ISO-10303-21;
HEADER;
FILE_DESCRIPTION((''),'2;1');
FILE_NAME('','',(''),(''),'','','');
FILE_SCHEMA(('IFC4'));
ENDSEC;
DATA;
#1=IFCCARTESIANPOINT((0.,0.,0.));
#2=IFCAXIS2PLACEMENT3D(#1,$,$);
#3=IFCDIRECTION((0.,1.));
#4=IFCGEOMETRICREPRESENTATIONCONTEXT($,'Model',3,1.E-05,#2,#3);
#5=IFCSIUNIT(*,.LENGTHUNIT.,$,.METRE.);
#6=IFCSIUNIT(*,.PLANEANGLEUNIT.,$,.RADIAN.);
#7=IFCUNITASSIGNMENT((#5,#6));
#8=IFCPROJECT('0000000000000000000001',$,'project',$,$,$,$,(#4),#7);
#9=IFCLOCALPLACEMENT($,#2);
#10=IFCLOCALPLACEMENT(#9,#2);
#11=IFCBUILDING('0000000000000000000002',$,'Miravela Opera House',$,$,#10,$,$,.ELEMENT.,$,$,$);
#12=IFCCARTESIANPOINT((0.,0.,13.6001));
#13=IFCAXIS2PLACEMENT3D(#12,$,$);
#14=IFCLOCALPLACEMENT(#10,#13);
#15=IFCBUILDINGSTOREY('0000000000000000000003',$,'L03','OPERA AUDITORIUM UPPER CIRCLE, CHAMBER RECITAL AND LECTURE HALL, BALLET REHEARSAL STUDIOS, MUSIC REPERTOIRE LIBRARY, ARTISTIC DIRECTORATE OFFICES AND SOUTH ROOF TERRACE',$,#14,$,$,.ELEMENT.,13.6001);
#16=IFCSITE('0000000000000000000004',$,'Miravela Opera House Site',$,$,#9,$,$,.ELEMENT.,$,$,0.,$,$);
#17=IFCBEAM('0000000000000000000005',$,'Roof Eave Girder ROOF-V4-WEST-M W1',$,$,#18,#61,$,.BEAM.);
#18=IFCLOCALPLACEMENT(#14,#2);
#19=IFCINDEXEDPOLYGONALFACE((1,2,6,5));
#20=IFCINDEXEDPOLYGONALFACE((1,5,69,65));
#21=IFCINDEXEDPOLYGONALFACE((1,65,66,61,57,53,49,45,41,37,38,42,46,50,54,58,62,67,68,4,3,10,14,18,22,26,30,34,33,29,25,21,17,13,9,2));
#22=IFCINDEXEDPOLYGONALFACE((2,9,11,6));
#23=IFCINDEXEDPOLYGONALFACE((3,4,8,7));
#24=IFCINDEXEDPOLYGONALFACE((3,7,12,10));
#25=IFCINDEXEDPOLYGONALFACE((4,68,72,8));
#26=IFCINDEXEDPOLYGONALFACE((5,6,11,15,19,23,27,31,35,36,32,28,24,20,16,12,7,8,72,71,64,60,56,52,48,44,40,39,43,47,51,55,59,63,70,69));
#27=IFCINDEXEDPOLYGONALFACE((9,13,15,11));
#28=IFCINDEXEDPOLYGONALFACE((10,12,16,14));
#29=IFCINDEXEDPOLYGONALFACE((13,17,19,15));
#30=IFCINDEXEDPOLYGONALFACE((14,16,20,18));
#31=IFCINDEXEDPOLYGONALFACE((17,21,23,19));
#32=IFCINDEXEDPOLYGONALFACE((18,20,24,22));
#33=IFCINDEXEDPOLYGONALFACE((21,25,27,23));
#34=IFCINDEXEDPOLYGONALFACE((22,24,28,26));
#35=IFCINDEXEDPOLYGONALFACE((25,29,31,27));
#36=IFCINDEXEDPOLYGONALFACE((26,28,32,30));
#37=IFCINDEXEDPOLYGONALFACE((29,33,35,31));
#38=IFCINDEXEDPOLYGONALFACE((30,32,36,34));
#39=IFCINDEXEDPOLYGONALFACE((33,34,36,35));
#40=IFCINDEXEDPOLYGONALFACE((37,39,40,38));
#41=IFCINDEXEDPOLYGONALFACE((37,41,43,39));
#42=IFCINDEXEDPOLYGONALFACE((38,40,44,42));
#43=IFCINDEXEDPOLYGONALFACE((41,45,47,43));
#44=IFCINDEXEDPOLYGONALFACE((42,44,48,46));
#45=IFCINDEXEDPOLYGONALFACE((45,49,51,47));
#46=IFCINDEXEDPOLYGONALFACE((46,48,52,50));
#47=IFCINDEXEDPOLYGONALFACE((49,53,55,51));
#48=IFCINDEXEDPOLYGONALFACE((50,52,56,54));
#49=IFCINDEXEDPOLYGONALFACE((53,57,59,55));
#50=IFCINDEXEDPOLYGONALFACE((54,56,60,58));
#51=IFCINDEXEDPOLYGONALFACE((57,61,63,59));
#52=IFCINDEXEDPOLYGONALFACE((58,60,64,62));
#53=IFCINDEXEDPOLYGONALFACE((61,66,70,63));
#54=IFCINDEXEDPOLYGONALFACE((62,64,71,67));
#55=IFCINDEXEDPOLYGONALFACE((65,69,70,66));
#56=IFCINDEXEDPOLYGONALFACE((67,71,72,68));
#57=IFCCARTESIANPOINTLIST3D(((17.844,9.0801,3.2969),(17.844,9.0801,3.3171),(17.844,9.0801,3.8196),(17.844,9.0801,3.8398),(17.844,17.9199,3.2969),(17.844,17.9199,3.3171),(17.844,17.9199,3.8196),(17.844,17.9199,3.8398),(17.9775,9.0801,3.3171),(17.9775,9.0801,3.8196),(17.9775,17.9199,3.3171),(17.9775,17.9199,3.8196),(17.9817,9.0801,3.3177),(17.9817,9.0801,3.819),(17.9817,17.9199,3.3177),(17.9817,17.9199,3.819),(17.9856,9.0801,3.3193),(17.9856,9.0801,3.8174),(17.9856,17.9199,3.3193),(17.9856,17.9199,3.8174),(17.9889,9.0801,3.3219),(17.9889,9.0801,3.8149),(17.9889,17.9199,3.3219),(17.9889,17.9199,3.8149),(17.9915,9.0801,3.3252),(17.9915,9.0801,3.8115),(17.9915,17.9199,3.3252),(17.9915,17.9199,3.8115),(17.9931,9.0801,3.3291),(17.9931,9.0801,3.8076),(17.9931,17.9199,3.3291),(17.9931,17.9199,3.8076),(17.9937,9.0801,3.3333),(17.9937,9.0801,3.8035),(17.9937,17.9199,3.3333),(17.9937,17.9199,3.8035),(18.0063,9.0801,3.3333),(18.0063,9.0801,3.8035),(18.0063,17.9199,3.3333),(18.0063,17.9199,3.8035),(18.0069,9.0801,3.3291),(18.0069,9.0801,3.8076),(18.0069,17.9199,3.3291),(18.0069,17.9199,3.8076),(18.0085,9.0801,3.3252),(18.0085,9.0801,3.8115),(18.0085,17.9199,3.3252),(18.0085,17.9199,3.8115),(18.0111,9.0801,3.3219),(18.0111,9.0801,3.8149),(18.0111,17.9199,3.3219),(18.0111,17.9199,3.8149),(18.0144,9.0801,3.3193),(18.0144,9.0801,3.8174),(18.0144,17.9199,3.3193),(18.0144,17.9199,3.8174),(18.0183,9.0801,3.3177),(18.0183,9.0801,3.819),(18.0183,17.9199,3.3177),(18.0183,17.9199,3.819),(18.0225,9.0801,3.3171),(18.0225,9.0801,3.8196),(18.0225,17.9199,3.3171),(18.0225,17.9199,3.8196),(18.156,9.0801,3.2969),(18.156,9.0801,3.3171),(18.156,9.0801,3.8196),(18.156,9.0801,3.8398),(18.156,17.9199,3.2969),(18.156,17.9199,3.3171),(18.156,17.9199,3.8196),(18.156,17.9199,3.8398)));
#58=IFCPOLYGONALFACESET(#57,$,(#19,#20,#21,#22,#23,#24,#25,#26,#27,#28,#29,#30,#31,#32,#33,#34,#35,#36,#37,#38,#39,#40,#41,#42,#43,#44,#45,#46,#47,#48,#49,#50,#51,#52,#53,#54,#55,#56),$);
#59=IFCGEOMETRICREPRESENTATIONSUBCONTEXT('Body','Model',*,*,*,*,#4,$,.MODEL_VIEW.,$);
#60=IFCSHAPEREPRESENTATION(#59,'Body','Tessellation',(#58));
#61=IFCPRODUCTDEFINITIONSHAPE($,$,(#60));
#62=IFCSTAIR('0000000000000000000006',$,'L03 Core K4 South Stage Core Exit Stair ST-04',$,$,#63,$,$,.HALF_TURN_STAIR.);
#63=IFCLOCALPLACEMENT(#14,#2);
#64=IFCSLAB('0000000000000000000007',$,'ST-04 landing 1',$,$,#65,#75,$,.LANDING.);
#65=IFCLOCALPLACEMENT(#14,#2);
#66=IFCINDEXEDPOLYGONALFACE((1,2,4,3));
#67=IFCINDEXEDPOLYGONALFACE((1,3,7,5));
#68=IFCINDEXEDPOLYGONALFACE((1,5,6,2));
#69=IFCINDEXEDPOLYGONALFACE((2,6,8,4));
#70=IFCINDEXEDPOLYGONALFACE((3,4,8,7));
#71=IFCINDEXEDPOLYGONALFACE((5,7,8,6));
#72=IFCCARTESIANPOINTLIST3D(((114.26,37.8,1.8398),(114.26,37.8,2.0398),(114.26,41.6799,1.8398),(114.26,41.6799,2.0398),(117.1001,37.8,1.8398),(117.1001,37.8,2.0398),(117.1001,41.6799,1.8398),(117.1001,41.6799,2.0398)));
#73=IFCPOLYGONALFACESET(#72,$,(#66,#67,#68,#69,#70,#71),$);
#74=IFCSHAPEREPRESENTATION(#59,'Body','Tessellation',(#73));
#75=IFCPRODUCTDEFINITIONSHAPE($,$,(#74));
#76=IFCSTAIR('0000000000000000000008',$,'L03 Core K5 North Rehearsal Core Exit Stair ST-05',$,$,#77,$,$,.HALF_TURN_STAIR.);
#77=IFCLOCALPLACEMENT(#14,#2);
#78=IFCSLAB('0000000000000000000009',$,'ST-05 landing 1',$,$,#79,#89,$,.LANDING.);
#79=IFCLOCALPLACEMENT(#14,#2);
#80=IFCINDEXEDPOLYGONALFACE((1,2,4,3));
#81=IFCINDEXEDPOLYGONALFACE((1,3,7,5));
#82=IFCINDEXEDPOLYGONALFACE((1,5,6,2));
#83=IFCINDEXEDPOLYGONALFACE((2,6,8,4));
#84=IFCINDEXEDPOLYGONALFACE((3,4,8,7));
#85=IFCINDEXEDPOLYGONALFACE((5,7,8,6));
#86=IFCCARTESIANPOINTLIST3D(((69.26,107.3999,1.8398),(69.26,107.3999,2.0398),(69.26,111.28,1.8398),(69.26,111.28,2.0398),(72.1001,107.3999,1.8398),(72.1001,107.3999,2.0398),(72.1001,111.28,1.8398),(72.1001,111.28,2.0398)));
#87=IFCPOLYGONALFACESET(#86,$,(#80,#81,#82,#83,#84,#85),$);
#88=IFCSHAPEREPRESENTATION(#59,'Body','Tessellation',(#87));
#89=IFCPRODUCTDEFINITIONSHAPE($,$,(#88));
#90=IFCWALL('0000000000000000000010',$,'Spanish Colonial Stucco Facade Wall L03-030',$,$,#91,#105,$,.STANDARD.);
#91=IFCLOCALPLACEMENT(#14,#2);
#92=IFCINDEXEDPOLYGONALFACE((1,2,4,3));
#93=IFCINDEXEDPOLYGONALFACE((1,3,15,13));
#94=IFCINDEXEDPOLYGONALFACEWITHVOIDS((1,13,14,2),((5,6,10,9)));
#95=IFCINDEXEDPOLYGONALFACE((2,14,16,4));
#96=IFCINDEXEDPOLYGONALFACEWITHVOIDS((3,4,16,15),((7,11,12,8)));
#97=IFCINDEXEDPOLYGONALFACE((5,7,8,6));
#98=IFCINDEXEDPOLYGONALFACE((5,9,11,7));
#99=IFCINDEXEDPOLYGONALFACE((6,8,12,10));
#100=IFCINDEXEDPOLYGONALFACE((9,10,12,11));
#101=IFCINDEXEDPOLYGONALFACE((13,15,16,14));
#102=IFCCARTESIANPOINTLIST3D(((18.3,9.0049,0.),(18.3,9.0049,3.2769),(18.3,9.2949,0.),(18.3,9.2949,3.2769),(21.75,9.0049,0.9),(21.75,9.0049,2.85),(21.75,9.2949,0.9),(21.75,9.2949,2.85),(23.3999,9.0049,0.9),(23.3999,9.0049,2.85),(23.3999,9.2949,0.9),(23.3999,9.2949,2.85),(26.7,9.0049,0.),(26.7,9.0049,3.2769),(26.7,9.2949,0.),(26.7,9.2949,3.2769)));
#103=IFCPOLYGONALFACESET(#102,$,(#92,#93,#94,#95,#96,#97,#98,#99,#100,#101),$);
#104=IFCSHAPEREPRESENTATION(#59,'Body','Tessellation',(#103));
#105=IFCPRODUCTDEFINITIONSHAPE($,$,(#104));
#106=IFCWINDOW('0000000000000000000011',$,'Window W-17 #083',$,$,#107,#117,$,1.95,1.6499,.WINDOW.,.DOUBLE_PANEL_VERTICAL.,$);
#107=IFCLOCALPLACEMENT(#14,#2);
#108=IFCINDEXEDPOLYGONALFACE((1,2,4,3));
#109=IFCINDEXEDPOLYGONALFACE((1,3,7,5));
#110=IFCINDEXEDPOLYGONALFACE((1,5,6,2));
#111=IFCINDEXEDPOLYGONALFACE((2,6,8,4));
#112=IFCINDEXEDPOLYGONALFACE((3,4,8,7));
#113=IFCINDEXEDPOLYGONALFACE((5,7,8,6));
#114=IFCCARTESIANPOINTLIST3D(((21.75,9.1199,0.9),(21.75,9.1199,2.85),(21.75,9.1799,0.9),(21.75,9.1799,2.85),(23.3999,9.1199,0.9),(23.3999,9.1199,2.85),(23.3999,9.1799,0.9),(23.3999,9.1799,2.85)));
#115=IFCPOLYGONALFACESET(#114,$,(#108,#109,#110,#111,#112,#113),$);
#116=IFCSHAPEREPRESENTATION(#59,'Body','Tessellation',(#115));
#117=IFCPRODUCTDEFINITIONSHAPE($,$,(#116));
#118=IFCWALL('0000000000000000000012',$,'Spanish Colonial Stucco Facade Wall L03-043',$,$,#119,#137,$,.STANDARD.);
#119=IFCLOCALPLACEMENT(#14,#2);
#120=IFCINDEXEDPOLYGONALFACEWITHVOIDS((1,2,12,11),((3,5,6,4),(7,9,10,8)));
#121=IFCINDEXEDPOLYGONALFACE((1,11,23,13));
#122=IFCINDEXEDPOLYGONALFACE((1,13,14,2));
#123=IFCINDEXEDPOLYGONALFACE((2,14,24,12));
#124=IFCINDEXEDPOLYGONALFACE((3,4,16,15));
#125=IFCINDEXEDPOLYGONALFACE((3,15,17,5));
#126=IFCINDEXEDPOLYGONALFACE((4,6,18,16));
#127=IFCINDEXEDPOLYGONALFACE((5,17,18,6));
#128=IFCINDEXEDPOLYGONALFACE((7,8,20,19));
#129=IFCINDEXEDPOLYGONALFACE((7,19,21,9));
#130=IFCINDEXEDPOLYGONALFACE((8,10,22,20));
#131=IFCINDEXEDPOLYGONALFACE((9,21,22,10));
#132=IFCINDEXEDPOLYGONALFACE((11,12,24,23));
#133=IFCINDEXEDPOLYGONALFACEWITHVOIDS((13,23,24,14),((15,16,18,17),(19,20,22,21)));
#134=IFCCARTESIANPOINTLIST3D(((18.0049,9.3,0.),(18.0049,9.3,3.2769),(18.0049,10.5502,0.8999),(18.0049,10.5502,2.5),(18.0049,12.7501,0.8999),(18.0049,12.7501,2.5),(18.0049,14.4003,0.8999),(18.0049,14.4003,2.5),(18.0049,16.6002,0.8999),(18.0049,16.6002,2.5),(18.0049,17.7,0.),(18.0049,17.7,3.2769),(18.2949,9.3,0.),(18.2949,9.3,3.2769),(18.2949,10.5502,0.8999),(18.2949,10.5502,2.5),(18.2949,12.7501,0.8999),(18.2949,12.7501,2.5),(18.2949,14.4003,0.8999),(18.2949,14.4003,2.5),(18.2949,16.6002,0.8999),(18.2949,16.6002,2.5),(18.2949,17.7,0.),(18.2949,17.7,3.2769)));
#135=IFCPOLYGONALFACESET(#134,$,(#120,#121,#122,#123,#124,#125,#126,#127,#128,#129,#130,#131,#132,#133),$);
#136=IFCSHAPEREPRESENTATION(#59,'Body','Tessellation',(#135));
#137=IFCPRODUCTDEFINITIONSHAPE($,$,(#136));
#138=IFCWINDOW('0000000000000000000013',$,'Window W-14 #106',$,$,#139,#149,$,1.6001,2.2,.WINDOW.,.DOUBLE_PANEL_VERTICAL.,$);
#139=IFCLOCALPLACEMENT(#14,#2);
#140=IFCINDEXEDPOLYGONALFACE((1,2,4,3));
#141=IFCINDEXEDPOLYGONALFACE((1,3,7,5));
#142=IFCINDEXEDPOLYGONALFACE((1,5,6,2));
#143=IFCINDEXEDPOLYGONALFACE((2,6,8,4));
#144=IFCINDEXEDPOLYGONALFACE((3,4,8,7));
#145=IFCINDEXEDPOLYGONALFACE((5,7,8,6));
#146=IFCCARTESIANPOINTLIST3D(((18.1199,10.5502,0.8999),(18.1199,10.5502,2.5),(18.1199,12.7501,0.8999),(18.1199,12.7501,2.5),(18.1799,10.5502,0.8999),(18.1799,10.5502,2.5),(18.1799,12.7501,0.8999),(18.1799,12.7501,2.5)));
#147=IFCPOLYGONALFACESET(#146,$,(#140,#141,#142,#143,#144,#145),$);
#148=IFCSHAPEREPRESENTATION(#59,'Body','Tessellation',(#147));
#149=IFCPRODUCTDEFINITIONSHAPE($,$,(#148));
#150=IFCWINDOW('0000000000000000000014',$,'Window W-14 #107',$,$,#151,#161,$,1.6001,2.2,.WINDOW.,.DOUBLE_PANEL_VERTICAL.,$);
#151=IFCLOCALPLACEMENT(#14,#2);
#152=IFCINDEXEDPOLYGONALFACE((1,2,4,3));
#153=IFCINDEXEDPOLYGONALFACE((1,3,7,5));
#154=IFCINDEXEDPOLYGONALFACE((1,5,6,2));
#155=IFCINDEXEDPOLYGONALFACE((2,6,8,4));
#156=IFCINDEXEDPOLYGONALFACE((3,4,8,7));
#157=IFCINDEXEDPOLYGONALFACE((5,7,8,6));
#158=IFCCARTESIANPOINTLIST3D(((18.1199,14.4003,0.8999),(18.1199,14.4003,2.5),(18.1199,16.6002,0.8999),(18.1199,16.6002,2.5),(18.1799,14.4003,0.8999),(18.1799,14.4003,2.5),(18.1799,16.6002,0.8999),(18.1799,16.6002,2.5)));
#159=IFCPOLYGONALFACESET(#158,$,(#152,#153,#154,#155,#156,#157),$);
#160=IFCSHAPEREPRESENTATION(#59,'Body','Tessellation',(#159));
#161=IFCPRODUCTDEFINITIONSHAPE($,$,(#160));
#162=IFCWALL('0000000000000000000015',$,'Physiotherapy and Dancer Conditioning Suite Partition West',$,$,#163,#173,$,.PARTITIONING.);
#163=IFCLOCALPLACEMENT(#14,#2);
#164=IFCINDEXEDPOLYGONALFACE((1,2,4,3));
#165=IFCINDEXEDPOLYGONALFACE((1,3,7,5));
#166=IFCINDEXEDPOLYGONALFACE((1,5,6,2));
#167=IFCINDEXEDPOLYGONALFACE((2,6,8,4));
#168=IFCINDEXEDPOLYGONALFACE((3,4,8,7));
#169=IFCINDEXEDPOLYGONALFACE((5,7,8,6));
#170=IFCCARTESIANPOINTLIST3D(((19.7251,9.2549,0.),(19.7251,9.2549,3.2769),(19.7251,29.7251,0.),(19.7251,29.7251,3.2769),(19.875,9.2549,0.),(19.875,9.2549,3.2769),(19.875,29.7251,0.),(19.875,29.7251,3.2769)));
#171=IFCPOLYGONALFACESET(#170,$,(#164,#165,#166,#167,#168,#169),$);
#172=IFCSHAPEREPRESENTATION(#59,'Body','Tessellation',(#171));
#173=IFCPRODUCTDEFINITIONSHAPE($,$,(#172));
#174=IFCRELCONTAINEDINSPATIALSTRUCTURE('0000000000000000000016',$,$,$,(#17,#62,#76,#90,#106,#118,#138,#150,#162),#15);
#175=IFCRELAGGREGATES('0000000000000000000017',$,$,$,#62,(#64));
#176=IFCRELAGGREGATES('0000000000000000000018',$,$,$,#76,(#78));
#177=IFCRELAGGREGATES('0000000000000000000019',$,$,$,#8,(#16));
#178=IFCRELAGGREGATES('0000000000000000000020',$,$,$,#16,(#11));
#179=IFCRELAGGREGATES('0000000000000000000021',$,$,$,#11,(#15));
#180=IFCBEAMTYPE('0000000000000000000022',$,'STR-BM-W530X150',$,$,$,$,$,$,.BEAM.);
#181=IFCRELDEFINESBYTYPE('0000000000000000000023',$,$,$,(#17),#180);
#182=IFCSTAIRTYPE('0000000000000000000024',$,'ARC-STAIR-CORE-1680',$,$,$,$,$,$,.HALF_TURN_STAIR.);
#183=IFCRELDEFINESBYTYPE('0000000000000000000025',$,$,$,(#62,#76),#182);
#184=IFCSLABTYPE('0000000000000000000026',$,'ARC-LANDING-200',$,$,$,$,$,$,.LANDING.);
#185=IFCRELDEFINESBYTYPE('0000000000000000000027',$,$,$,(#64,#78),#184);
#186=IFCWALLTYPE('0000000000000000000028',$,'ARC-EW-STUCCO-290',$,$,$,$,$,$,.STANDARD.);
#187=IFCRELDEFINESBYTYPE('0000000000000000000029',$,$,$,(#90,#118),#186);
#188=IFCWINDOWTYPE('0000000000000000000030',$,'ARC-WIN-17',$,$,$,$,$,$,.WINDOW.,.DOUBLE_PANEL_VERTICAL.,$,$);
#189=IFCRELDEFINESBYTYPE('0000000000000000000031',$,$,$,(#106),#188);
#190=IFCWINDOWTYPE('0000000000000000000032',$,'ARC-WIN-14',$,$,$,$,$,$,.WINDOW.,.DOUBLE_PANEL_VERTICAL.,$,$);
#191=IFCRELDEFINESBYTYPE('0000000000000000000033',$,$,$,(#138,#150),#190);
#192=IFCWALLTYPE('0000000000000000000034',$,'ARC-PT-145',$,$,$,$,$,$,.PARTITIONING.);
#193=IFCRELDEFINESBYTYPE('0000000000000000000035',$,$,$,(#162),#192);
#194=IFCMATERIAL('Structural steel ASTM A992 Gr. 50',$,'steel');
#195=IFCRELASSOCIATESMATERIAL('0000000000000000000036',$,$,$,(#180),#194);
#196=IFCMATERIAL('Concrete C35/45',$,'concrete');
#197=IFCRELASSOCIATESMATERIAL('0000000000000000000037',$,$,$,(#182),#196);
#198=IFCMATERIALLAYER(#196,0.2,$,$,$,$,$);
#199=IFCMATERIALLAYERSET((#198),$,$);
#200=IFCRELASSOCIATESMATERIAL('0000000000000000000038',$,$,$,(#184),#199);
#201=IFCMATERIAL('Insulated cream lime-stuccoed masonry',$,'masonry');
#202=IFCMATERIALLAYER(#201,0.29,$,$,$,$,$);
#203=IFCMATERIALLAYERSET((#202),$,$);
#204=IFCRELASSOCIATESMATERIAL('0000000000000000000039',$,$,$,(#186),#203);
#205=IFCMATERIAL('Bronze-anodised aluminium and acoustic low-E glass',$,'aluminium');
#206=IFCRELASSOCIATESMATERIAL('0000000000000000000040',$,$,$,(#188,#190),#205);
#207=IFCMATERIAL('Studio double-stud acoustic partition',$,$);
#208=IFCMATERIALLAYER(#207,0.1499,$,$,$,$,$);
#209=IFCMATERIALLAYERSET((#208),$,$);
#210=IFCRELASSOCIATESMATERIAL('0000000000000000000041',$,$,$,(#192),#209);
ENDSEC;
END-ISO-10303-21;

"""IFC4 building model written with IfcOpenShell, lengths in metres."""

from ifc_helpers import new_model, si_unit, direction, frame, frame_2d, origin, origin_2d, place, context, subcontext, project, spatial, polyline, rectangle, i_section, outline, extrude, material, layer, layer_set, material_profile, profile_set, type_object, element, fill, aggregate, save


model = new_model("IFC4")

# Units and contexts
model_context = context("Model", 3, precision=1e-05, world=origin(), true_north=direction((0.0, 1.0)))
body_context = subcontext(model_context, "Body", "Model", "MODEL_VIEW")
ifc_project = project(units=[si_unit("LENGTHUNIT", "METRE"), si_unit("PLANEANGLEUNIT", "RADIAN")], contexts=[model_context])

# Site, building, storey
site_placement = place(None, origin())
site = spatial("IfcSite", under=ifc_project, at=site_placement, Name="Miravela Opera House Site", CompositionType="ELEMENT", RefElevation=0.0)
building_placement = place(site_placement, origin())
building = spatial("IfcBuilding", under=site, at=building_placement, Name="Miravela Opera House", CompositionType="ELEMENT")
storey_placement = place(building_placement, frame((0.0, 0.0, 13.6001)))
storey = spatial("IfcBuildingStorey", under=building, at=storey_placement, Name="L03", Description="OPERA AUDITORIUM UPPER CIRCLE, CHAMBER RECITAL AND LECTURE HALL, BALLET REHEARSAL STUDIOS, MUSIC REPERTOIRE LIBRARY, ARTISTIC DIRECTORATE OFFICES AND SOUTH ROOF TERRACE", CompositionType="ELEMENT", Elevation=13.6001)

# Shared definitions
ifc_material_1 = material(Name="Concrete C35/45", Category="concrete")

# Beam
ifc_material_2 = material(Name="Structural steel ASTM A992 Gr. 50", Category="steel")
ifc_material_profile_1 = material_profile(ifc_material_2, i_section(OverallWidth=0.312, OverallDepth=0.543, WebThickness=0.0127, FlangeThickness=0.0203, FilletRadius=0.0161, at=origin_2d()), Name="W530X150")
ifc_profile_set_1 = profile_set([ifc_material_profile_1])
beam_type = type_object("IfcBeamType", Name="STR-BM-W530X150", PredefinedType="BEAM", material=ifc_profile_set_1)
for number, where, z_axis, x_axis, name in (
    (1, (18.0, 9.0801, 3.5684), (0.0, 1.0, 0.0), (-1.0, 0.0, 0.0), "Roof Eave Girder ROOF-V4-WEST-M W1"),
):
    element("IfcBeam", number, at=place(storey_placement, frame(where, z_axis=z_axis, x_axis=x_axis)), inside=storey, type_object=beam_type, Name=name, PredefinedType="BEAM", context=body_context, shape_type="SweptSolid", body=[
        extrude(i_section(OverallWidth=0.312, OverallDepth=0.543, WebThickness=0.0127, FlangeThickness=0.0203, FilletRadius=0.0161, at=origin_2d()), origin(), (0.0, 0.0, 1.0), 8.8398),
    ])

# Stairs, slabs
stair_type = type_object("IfcStairType", Name="ARC-STAIR-CORE-1680", PredefinedType="HALF_TURN_STAIR", material=ifc_material_1)
stair_1_placement = place(storey_placement, origin())
stair_1 = element("IfcStair", 2, at=stair_1_placement, inside=storey, type_object=stair_type, Name="L03 Core K4 South Stage Core Exit Stair ST-04", PredefinedType="HALF_TURN_STAIR")
ifc_layer_1 = layer(ifc_material_1, 0.2)
ifc_layer_set_1 = layer_set([ifc_layer_1])
slab_type = type_object("IfcSlabType", Name="ARC-LANDING-200", PredefinedType="LANDING", material=ifc_layer_set_1)
slab_1_placement = place(storey_placement, frame((0.0, 0.0, 1.8398)))
slab_1 = element("IfcSlab", 3, at=slab_1_placement, type_object=slab_type, Name="ST-04 landing 1", PredefinedType="LANDING", context=body_context, shape_type="SweptSolid", body=[
    extrude(outline(polyline([(114.26, 37.8), (117.1001, 37.8), (117.1001, 41.6799), (114.26, 41.6799), (114.26, 37.8)])), origin(), (0.0, 0.0, 1.0), 0.2),
])
aggregate(stair_1, [slab_1])
stair_2_placement = place(storey_placement, origin())
stair_2 = element("IfcStair", 4, at=stair_2_placement, inside=storey, type_object=stair_type, Name="L03 Core K5 North Rehearsal Core Exit Stair ST-05", PredefinedType="HALF_TURN_STAIR")
slab_2_placement = place(storey_placement, frame((0.0, 0.0, 1.8398)))
slab_2 = element("IfcSlab", 5, at=slab_2_placement, type_object=slab_type, Name="ST-05 landing 1", PredefinedType="LANDING", context=body_context, shape_type="SweptSolid", body=[
    extrude(outline(polyline([(69.26, 107.3999), (72.1001, 107.3999), (72.1001, 111.28), (69.26, 111.28), (69.26, 107.3999)])), origin(), (0.0, 0.0, 1.0), 0.2),
])
aggregate(stair_2, [slab_2])

# Wall, opening, window
ifc_material_3 = material(Name="Insulated cream lime-stuccoed masonry", Category="masonry")
ifc_layer_2 = layer(ifc_material_3, 0.29)
ifc_layer_set_2 = layer_set([ifc_layer_2])
wall_type_1 = type_object("IfcWallType", Name="ARC-EW-STUCCO-290", PredefinedType="STANDARD", material=ifc_layer_set_2)
wall_1_placement = place(storey_placement, frame((18.3, 9.1499, 0.0), z_axis=(0.0, 0.0, 1.0), x_axis=(1.0, 0.0, 0.0)))
wall_1 = element("IfcWall", 6, at=wall_1_placement, inside=storey, type_object=wall_type_1, Name="Spanish Colonial Stucco Facade Wall L03-030", PredefinedType="STANDARD", context=body_context, shape_type="SweptSolid", body=[
    extrude(rectangle(XDim=8.3999, YDim=0.29, at=frame_2d((4.2, 0.0))), origin(), (0.0, 0.0, 1.0), 3.2769),
])
opening_1_placement = place(wall_1_placement, frame((3.45, 0.0, 0.8999)))
opening_1 = element("IfcOpeningElement", 7, at=opening_1_placement, cuts=wall_1, PredefinedType="OPENING", context=body_context, shape_type="SweptSolid", body=[
    extrude(rectangle(XDim=1.6499, YDim=1.95, at=frame_2d((0.825, 0.9751))), frame((0.0, 0.155, 0.0), z_axis=(0.0, -1.0, 0.0), x_axis=(1.0, 0.0, 0.0)), (0.0, 0.0, 1.0), 0.3101),
])
ifc_material_4 = material(Name="Bronze-anodised aluminium and acoustic low-E glass", Category="aluminium")
window_type_1 = type_object("IfcWindowType", Name="ARC-WIN-17", PartitioningType="DOUBLE_PANEL_VERTICAL", PredefinedType="WINDOW", material=ifc_material_4)
window_1_placement = place(opening_1_placement, origin())
window_1 = element("IfcWindow", 8, at=window_1_placement, inside=storey, type_object=window_type_1, Name="Window W-17 #083", OverallHeight=1.95, OverallWidth=1.6499, PartitioningType="DOUBLE_PANEL_VERTICAL", PredefinedType="WINDOW", context=body_context, shape_type="SweptSolid", body=[
    extrude(rectangle(XDim=1.6499, YDim=1.95, at=frame_2d((0.825, 0.9751))), frame((0.0, 0.03, 0.0), z_axis=(0.0, -1.0, 0.0), x_axis=(1.0, 0.0, 0.0)), (0.0, 0.0, 1.0), 0.0601),
])
fill(opening_1, window_1)

# Wall, openings, windows
wall_2_placement = place(storey_placement, frame((18.1499, 9.3, 0.0), z_axis=(0.0, 0.0, 1.0), x_axis=(0.0, 1.0, 0.0)))
wall_2 = element("IfcWall", 9, at=wall_2_placement, inside=storey, type_object=wall_type_1, Name="Spanish Colonial Stucco Facade Wall L03-043", PredefinedType="STANDARD", context=body_context, shape_type="SweptSolid", body=[
    extrude(rectangle(XDim=8.3999, YDim=0.29, at=frame_2d((4.2, 0.0))), origin(), (0.0, 0.0, 1.0), 3.2769),
])
opening_2_placement = place(wall_2_placement, frame((1.25, 0.0, 0.8999)))
opening_2 = element("IfcOpeningElement", 10, at=opening_2_placement, cuts=wall_2, PredefinedType="OPENING", context=body_context, shape_type="SweptSolid", body=[
    extrude(rectangle(XDim=2.2, YDim=1.6001, at=frame_2d((1.1001, 0.8))), frame((0.0, 0.155, 0.0), z_axis=(0.0, -1.0, 0.0), x_axis=(1.0, 0.0, 0.0)), (0.0, 0.0, 1.0), 0.3101),
])
opening_3_placement = place(wall_2_placement, frame((5.1001, 0.0, 0.8999)))
opening_3 = element("IfcOpeningElement", 11, at=opening_3_placement, cuts=wall_2, PredefinedType="OPENING", context=body_context, shape_type="SweptSolid", body=[
    extrude(rectangle(XDim=2.2, YDim=1.6001, at=frame_2d((1.1001, 0.8))), frame((0.0, 0.155, 0.0), z_axis=(0.0, -1.0, 0.0), x_axis=(1.0, 0.0, 0.0)), (0.0, 0.0, 1.0), 0.3101),
])
window_type_2 = type_object("IfcWindowType", Name="ARC-WIN-14", PartitioningType="DOUBLE_PANEL_VERTICAL", PredefinedType="WINDOW", material=ifc_material_4)
window_2_placement = place(opening_2_placement, origin())
window_2 = element("IfcWindow", 12, at=window_2_placement, inside=storey, type_object=window_type_2, Name="Window W-14 #106", OverallHeight=1.6001, OverallWidth=2.2, PartitioningType="DOUBLE_PANEL_VERTICAL", PredefinedType="WINDOW", context=body_context, shape_type="SweptSolid", body=[
    extrude(rectangle(XDim=2.2, YDim=1.6001, at=frame_2d((1.1001, 0.8))), frame((0.0, 0.03, 0.0), z_axis=(0.0, -1.0, 0.0), x_axis=(1.0, 0.0, 0.0)), (0.0, 0.0, 1.0), 0.0601),
])
fill(opening_2, window_2)
window_3_placement = place(opening_3_placement, origin())
window_3 = element("IfcWindow", 13, at=window_3_placement, inside=storey, type_object=window_type_2, Name="Window W-14 #107", OverallHeight=1.6001, OverallWidth=2.2, PartitioningType="DOUBLE_PANEL_VERTICAL", PredefinedType="WINDOW", context=body_context, shape_type="SweptSolid", body=[
    extrude(rectangle(XDim=2.2, YDim=1.6001, at=frame_2d((1.1001, 0.8))), frame((0.0, 0.03, 0.0), z_axis=(0.0, -1.0, 0.0), x_axis=(1.0, 0.0, 0.0)), (0.0, 0.0, 1.0), 0.0601),
])
fill(opening_3, window_3)

# Wall
ifc_material_5 = material(Name="Studio double-stud acoustic partition")
ifc_layer_3 = layer(ifc_material_5, 0.1499)
ifc_layer_set_3 = layer_set([ifc_layer_3])
wall_type_2 = type_object("IfcWallType", Name="ARC-PT-145", PredefinedType="PARTITIONING", material=ifc_layer_set_3)
for number, where, z_axis, x_axis, name in (
    (14, (19.8, 9.2549, 0.0), (0.0, 0.0, 1.0), (0.0, 1.0, 0.0), "Physiotherapy and Dancer Conditioning Suite Partition West"),
):
    element("IfcWall", number, at=place(storey_placement, frame(where, z_axis=z_axis, x_axis=x_axis)), inside=storey, type_object=wall_type_2, Name=name, PredefinedType="PARTITIONING", context=body_context, shape_type="SweptSolid", body=[
        extrude(rectangle(XDim=20.4702, YDim=0.1499, at=frame_2d((10.2351, 0.0))), origin(), (0.0, 0.0, 1.0), 3.2769),
    ])

save(model, "model.ifc")
